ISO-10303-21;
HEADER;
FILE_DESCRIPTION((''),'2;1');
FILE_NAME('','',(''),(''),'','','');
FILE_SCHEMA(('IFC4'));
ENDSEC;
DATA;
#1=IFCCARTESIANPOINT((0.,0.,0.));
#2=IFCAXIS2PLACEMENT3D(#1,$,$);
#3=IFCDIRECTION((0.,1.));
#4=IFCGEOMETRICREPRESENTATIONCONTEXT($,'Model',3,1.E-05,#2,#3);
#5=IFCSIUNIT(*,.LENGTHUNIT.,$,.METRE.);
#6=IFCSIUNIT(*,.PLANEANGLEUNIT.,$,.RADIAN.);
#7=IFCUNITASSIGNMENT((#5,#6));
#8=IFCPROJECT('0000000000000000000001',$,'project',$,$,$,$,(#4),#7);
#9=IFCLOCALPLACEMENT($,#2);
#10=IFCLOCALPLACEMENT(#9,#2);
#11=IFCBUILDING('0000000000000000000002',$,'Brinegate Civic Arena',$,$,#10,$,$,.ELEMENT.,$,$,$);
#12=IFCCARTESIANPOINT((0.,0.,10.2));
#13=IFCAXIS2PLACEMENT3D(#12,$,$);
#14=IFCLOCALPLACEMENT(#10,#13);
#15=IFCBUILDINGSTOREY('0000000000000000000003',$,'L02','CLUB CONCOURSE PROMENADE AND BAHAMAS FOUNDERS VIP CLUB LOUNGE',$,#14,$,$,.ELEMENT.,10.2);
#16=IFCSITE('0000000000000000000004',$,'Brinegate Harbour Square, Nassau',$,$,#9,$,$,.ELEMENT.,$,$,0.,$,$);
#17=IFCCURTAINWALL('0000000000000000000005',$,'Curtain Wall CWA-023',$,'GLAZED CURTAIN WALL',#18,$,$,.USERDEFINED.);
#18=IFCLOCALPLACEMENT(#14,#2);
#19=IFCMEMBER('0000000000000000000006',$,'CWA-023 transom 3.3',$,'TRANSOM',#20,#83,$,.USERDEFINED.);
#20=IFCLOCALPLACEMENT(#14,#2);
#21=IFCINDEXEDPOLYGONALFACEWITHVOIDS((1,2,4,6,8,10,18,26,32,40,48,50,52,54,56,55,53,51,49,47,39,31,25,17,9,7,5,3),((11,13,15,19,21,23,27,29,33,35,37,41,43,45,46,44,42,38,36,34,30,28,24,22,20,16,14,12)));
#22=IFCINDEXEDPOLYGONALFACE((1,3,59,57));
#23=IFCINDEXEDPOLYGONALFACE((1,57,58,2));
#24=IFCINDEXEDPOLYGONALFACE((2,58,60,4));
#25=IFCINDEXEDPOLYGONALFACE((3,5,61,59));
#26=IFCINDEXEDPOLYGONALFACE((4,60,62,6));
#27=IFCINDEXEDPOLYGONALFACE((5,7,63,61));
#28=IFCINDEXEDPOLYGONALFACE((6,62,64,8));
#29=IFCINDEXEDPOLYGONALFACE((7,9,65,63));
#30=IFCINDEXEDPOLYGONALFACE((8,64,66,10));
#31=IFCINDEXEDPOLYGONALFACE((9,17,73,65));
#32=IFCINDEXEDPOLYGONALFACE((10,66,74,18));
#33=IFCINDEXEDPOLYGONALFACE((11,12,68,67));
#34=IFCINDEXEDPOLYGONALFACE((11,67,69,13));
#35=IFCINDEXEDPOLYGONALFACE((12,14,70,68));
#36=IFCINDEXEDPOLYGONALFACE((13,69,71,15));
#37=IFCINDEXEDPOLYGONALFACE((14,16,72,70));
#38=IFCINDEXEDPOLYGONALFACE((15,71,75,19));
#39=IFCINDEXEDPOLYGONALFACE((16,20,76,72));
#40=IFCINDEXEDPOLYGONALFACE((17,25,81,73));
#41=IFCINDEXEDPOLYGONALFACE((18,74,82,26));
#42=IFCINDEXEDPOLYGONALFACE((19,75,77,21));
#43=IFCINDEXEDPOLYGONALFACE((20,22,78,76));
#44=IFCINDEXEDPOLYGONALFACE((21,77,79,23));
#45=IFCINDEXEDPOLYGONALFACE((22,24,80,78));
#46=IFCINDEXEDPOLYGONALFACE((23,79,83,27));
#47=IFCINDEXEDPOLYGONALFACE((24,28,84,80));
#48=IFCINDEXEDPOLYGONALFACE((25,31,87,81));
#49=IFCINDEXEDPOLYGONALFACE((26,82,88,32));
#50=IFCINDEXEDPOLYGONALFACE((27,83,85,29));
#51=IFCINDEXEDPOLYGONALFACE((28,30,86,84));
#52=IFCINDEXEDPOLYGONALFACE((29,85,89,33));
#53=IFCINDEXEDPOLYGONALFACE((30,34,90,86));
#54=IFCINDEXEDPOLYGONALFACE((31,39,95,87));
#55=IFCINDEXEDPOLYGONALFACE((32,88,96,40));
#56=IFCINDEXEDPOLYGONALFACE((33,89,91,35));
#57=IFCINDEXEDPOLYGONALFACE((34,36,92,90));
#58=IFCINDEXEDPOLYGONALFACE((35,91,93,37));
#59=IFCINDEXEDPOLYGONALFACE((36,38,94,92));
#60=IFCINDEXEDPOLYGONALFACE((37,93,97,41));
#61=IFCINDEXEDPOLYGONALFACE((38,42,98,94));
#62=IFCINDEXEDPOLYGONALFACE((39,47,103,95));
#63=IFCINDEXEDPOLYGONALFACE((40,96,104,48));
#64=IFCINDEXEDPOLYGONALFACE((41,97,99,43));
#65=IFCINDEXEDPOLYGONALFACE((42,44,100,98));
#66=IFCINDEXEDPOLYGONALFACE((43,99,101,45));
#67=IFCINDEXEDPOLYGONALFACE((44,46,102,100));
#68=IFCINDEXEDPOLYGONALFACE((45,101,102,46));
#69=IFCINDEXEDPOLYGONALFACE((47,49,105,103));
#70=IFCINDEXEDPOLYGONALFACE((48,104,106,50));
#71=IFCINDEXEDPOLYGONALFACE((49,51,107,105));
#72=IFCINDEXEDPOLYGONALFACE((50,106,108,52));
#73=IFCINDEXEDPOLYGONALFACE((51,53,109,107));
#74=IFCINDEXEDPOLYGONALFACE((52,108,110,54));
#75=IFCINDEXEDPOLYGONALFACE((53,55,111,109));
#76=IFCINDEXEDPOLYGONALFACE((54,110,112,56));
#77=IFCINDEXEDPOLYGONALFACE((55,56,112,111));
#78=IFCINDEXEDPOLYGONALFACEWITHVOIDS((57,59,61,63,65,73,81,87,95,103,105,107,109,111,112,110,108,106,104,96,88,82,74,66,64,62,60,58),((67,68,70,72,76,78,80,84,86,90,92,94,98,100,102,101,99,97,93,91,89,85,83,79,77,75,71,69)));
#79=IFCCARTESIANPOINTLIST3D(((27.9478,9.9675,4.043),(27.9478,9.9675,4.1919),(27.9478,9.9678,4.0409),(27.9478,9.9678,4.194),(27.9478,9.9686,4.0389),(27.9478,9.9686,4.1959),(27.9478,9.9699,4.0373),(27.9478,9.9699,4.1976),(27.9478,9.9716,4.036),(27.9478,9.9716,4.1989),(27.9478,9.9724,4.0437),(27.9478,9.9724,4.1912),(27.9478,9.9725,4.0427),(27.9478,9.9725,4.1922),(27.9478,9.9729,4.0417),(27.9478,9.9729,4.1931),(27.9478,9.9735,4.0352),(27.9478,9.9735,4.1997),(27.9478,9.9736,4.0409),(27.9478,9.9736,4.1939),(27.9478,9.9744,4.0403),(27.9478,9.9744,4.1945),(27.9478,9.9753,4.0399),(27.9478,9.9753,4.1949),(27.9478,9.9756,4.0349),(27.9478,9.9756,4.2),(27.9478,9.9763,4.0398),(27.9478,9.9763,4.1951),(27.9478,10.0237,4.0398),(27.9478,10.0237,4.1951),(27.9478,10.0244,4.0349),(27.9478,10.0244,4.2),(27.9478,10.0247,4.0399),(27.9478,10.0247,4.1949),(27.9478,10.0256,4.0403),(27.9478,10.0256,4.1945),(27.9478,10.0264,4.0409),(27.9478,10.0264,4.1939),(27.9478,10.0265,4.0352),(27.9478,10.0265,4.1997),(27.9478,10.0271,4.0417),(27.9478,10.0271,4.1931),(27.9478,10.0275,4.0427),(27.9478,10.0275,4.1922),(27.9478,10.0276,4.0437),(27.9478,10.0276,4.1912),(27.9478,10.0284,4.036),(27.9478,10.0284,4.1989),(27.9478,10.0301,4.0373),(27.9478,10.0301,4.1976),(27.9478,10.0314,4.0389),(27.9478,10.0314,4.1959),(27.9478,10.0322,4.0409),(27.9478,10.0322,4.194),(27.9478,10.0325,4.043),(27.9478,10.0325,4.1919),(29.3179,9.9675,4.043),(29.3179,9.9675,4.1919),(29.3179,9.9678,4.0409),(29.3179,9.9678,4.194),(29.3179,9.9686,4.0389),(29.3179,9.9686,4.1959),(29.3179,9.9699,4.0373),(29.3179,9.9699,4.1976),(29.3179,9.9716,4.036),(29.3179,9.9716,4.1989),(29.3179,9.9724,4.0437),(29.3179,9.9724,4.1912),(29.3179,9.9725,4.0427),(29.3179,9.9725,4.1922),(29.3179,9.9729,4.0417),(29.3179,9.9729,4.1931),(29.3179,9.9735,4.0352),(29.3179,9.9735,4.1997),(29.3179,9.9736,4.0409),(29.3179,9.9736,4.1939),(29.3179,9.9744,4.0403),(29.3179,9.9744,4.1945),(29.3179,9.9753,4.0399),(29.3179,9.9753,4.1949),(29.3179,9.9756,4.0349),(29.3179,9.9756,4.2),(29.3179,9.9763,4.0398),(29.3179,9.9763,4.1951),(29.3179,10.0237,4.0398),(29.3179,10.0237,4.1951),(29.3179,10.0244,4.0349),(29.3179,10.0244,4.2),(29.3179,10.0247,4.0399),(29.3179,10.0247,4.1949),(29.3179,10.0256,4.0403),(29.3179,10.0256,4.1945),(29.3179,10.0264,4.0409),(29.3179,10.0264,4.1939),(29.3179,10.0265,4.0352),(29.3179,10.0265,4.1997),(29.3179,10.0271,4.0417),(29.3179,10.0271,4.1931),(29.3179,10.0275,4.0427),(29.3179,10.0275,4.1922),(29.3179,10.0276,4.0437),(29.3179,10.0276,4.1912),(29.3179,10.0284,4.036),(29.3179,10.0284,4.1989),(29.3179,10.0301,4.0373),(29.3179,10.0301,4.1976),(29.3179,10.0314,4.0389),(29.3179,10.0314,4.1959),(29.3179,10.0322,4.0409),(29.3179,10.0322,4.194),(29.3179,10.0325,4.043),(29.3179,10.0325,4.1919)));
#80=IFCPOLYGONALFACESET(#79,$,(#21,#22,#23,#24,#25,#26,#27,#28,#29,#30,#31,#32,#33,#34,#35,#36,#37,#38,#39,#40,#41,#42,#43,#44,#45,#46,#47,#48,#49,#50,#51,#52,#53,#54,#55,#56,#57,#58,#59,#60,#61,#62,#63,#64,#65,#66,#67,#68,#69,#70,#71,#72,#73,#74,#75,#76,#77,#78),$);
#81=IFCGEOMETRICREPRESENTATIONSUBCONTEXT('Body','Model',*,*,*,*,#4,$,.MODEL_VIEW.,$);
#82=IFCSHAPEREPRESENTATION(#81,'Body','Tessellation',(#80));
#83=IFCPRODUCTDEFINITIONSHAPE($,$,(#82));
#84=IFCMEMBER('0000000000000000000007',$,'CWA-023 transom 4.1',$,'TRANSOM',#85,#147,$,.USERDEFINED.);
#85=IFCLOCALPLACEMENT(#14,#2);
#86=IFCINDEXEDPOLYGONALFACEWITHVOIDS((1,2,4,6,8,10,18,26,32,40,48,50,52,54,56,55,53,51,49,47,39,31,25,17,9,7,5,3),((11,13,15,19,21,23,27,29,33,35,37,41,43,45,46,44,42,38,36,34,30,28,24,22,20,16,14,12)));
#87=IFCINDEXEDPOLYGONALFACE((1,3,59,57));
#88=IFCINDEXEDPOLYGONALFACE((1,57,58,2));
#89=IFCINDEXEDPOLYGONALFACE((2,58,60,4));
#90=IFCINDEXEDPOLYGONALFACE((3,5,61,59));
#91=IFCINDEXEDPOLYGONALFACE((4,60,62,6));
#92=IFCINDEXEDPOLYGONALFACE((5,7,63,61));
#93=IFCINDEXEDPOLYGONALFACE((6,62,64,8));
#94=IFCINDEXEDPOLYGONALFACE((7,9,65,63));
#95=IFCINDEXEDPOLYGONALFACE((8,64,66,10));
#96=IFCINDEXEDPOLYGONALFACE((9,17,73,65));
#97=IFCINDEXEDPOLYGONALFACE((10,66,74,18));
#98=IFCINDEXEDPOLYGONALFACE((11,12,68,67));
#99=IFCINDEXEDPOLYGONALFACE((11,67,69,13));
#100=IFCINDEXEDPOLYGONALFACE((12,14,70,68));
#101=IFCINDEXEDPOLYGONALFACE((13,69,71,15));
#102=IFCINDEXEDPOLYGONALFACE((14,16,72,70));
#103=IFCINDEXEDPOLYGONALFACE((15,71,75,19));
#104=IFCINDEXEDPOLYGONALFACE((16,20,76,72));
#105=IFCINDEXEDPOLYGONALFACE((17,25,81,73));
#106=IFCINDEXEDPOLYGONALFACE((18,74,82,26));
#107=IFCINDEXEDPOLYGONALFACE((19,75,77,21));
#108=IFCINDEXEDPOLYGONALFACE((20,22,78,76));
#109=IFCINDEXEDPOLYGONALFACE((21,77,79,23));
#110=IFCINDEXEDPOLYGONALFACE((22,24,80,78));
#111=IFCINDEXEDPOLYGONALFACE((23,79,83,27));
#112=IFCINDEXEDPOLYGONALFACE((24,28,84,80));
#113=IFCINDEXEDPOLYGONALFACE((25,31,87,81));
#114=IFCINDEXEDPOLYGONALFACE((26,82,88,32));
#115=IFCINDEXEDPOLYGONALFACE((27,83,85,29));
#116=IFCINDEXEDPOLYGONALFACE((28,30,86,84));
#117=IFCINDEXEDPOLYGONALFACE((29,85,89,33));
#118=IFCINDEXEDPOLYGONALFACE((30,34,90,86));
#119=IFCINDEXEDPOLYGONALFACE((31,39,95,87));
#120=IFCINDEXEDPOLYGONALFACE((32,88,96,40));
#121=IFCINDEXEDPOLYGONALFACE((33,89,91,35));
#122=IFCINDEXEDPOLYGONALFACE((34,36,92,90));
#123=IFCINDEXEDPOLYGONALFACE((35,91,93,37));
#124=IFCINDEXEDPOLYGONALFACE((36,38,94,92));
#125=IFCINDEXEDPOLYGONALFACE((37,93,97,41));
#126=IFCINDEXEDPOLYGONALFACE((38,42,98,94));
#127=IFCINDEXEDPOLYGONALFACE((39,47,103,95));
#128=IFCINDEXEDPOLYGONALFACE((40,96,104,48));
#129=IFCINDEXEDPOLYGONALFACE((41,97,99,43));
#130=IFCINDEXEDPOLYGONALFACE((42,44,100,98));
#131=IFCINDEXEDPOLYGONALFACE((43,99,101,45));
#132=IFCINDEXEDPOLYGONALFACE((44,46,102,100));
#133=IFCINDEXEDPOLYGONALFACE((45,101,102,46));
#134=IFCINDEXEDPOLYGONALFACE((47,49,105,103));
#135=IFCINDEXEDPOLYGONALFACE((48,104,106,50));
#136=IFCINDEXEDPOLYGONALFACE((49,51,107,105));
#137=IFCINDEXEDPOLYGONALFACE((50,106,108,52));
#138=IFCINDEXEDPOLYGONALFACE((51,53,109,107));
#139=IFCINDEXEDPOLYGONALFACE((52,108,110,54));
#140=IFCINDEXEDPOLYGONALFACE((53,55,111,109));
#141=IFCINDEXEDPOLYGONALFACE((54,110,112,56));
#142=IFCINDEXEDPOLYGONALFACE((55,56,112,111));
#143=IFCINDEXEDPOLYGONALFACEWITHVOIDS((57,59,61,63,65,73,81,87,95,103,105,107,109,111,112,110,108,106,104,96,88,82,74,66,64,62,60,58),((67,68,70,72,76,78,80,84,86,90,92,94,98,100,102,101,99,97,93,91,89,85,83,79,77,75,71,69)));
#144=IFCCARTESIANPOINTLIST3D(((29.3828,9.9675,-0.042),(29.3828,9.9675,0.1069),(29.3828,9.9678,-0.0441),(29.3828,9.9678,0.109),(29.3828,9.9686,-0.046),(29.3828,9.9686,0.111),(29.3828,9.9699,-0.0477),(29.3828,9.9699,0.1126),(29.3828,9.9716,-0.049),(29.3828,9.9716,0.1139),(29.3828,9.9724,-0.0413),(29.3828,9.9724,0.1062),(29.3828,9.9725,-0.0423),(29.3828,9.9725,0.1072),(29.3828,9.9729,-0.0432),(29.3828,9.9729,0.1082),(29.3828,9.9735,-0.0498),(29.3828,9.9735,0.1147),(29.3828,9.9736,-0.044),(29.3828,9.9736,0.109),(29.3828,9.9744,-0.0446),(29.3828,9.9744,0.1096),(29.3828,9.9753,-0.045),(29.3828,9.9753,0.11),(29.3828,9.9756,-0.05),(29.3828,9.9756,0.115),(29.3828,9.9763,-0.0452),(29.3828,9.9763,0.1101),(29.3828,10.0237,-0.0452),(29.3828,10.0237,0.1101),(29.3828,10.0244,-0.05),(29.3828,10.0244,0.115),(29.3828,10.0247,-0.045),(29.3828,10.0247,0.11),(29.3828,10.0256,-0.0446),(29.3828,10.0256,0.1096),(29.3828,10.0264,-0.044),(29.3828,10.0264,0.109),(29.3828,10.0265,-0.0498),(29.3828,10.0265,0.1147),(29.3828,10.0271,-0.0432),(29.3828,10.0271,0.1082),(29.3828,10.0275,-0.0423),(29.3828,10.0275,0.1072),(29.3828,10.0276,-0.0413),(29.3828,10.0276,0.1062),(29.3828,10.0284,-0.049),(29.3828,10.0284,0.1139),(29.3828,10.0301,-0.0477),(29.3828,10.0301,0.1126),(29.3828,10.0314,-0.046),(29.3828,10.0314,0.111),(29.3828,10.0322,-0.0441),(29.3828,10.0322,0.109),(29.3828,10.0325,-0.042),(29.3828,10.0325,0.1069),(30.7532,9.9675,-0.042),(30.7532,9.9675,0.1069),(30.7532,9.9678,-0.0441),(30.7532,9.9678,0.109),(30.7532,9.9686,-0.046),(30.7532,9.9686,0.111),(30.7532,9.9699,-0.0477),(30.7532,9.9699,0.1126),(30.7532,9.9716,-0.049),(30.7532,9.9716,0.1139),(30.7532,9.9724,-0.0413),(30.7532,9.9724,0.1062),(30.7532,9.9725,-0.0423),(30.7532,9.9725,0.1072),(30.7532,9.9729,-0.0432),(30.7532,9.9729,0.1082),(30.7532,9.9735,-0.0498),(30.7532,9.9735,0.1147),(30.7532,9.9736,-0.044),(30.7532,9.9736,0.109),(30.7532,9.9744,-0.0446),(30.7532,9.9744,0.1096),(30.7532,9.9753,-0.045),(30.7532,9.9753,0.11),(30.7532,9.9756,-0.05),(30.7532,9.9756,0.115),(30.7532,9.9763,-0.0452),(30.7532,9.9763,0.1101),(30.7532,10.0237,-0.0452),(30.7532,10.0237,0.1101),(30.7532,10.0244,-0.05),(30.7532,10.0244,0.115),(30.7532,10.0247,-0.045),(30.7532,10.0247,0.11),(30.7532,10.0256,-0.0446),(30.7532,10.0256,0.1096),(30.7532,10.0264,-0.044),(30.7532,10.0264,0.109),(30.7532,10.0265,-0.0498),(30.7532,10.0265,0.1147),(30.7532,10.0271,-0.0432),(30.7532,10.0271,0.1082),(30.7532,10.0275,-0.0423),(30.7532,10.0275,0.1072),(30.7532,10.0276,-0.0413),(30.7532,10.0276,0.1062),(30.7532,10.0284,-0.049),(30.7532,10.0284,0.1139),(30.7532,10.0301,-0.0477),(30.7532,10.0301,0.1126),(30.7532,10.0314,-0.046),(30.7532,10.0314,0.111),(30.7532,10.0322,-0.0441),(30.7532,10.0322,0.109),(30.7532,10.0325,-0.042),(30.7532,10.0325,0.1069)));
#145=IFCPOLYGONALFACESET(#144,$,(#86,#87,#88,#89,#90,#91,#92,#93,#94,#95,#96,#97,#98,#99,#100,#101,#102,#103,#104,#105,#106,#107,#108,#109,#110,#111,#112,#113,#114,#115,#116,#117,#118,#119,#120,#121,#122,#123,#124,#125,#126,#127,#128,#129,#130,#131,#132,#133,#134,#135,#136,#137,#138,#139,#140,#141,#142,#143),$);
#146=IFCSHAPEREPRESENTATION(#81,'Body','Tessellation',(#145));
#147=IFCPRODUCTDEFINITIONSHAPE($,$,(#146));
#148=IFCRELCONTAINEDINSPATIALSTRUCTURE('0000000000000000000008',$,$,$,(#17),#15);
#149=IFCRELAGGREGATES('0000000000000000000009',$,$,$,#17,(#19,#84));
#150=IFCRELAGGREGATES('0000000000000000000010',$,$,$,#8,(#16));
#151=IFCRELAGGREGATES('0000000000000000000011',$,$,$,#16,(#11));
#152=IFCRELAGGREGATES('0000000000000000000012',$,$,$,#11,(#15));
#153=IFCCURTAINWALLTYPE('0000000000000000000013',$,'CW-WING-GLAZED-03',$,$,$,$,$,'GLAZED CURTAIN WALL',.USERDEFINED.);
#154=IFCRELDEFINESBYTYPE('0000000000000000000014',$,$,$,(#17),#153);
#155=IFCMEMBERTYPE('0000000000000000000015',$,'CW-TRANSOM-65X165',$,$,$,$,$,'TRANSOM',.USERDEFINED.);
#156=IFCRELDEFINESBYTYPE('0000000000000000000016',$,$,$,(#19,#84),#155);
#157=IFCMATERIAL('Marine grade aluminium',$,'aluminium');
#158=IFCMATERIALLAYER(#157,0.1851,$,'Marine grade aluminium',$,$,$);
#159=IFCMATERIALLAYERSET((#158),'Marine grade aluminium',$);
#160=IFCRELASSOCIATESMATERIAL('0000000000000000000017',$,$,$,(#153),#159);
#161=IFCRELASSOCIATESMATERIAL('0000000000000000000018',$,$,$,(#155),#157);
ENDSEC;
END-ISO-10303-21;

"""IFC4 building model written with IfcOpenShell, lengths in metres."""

from ifc_helpers import new_model, si_unit, direction, frame, origin, origin_2d, place, context, subcontext, project, spatial, hollow_rectangle, extrude, material, layer, layer_set, material_profile, profile_set, type_object, element, aggregate, save


model = new_model("IFC4")

# Units and contexts
model_context = context("Model", 3, precision=1e-05, world=origin(), true_north=direction((0.0, 1.0)))
body_context = subcontext(model_context, "Body", "Model", "MODEL_VIEW")
ifc_project = project(units=[si_unit("LENGTHUNIT", "METRE"), si_unit("PLANEANGLEUNIT", "RADIAN")], contexts=[model_context])

# Site, building, storey
site_placement = place(None, origin())
site = spatial("IfcSite", under=ifc_project, at=site_placement, Name="Brinegate Harbour Square, Nassau", CompositionType="ELEMENT", RefElevation=0.0)
building_placement = place(site_placement, origin())
building = spatial("IfcBuilding", under=site, at=building_placement, Name="Brinegate Civic Arena", CompositionType="ELEMENT")
storey_placement = place(building_placement, frame((0.0, 0.0, 10.2)))
storey = spatial("IfcBuildingStorey", under=building, at=storey_placement, Name="L02", Description="CLUB CONCOURSE PROMENADE AND BAHAMAS FOUNDERS VIP CLUB LOUNGE", CompositionType="ELEMENT", Elevation=10.2)

# Curtain wall, members
ifc_material_1 = material(Name="Marine grade aluminium", Category="aluminium")
ifc_layer_1 = layer(ifc_material_1, 0.1851, Name="Marine grade aluminium")
ifc_layer_set_1 = layer_set([ifc_layer_1], Name="Marine grade aluminium")
curtain_wall_type = type_object("IfcCurtainWallType", Name="CW-WING-GLAZED-03", ElementType="GLAZED CURTAIN WALL", PredefinedType="USERDEFINED", material=ifc_layer_set_1)
curtain_wall_placement = place(storey_placement, origin())
curtain_wall = element("IfcCurtainWall", 1, at=curtain_wall_placement, inside=storey, type_object=curtain_wall_type, Name="Curtain Wall CWA-023", ObjectType="GLAZED CURTAIN WALL", PredefinedType="USERDEFINED")
ifc_material_profile_1 = material_profile(ifc_material_1, hollow_rectangle(XDim=0.0649, YDim=0.165, WallThickness=0.0049, InnerFilletRadius=0.0039, OuterFilletRadius=0.0081, at=origin_2d()), Name="TRN65X165")
ifc_profile_set_1 = profile_set([ifc_material_profile_1], Name="Marine grade aluminium")
member_type_1 = type_object("IfcMemberType", Name="CW-TRANSOM-65X165", ElementType="TRANSOM", PredefinedType="USERDEFINED", material=ifc_profile_set_1)
member_1_placement = place(storey_placement, frame((27.9478, 10.0, 4.1174), z_axis=(1.0, 0.0, 0.0), x_axis=(0.0, 1.0, 0.0)))
member_1 = element("IfcMember", 2, at=member_1_placement, type_object=member_type_1, Name="CWA-023 transom 3.3", ObjectType="TRANSOM", PredefinedType="USERDEFINED", context=body_context, shape_type="SweptSolid", body=[
    extrude(hollow_rectangle(XDim=0.0649, YDim=0.165, WallThickness=0.0049, InnerFilletRadius=0.0039, OuterFilletRadius=0.0081, at=origin_2d()), origin(), (0.0, 0.0, 1.0), 1.3701),
])
member_2_placement = place(storey_placement, frame((29.3828, 10.0, 0.0325), z_axis=(1.0, 0.0, 0.0), x_axis=(0.0, 1.0, 0.0)))
member_2 = element("IfcMember", 3, at=member_2_placement, type_object=member_type_1, Name="CWA-023 transom 4.1", ObjectType="TRANSOM", PredefinedType="USERDEFINED", context=body_context, shape_type="SweptSolid", body=[
    extrude(hollow_rectangle(XDim=0.0649, YDim=0.165, WallThickness=0.0049, InnerFilletRadius=0.0039, OuterFilletRadius=0.0081, at=origin_2d()), origin(), (0.0, 0.0, 1.0), 1.3704),
])

aggregate(curtain_wall, [member_1, member_2])

save(model, "model.ifc")
